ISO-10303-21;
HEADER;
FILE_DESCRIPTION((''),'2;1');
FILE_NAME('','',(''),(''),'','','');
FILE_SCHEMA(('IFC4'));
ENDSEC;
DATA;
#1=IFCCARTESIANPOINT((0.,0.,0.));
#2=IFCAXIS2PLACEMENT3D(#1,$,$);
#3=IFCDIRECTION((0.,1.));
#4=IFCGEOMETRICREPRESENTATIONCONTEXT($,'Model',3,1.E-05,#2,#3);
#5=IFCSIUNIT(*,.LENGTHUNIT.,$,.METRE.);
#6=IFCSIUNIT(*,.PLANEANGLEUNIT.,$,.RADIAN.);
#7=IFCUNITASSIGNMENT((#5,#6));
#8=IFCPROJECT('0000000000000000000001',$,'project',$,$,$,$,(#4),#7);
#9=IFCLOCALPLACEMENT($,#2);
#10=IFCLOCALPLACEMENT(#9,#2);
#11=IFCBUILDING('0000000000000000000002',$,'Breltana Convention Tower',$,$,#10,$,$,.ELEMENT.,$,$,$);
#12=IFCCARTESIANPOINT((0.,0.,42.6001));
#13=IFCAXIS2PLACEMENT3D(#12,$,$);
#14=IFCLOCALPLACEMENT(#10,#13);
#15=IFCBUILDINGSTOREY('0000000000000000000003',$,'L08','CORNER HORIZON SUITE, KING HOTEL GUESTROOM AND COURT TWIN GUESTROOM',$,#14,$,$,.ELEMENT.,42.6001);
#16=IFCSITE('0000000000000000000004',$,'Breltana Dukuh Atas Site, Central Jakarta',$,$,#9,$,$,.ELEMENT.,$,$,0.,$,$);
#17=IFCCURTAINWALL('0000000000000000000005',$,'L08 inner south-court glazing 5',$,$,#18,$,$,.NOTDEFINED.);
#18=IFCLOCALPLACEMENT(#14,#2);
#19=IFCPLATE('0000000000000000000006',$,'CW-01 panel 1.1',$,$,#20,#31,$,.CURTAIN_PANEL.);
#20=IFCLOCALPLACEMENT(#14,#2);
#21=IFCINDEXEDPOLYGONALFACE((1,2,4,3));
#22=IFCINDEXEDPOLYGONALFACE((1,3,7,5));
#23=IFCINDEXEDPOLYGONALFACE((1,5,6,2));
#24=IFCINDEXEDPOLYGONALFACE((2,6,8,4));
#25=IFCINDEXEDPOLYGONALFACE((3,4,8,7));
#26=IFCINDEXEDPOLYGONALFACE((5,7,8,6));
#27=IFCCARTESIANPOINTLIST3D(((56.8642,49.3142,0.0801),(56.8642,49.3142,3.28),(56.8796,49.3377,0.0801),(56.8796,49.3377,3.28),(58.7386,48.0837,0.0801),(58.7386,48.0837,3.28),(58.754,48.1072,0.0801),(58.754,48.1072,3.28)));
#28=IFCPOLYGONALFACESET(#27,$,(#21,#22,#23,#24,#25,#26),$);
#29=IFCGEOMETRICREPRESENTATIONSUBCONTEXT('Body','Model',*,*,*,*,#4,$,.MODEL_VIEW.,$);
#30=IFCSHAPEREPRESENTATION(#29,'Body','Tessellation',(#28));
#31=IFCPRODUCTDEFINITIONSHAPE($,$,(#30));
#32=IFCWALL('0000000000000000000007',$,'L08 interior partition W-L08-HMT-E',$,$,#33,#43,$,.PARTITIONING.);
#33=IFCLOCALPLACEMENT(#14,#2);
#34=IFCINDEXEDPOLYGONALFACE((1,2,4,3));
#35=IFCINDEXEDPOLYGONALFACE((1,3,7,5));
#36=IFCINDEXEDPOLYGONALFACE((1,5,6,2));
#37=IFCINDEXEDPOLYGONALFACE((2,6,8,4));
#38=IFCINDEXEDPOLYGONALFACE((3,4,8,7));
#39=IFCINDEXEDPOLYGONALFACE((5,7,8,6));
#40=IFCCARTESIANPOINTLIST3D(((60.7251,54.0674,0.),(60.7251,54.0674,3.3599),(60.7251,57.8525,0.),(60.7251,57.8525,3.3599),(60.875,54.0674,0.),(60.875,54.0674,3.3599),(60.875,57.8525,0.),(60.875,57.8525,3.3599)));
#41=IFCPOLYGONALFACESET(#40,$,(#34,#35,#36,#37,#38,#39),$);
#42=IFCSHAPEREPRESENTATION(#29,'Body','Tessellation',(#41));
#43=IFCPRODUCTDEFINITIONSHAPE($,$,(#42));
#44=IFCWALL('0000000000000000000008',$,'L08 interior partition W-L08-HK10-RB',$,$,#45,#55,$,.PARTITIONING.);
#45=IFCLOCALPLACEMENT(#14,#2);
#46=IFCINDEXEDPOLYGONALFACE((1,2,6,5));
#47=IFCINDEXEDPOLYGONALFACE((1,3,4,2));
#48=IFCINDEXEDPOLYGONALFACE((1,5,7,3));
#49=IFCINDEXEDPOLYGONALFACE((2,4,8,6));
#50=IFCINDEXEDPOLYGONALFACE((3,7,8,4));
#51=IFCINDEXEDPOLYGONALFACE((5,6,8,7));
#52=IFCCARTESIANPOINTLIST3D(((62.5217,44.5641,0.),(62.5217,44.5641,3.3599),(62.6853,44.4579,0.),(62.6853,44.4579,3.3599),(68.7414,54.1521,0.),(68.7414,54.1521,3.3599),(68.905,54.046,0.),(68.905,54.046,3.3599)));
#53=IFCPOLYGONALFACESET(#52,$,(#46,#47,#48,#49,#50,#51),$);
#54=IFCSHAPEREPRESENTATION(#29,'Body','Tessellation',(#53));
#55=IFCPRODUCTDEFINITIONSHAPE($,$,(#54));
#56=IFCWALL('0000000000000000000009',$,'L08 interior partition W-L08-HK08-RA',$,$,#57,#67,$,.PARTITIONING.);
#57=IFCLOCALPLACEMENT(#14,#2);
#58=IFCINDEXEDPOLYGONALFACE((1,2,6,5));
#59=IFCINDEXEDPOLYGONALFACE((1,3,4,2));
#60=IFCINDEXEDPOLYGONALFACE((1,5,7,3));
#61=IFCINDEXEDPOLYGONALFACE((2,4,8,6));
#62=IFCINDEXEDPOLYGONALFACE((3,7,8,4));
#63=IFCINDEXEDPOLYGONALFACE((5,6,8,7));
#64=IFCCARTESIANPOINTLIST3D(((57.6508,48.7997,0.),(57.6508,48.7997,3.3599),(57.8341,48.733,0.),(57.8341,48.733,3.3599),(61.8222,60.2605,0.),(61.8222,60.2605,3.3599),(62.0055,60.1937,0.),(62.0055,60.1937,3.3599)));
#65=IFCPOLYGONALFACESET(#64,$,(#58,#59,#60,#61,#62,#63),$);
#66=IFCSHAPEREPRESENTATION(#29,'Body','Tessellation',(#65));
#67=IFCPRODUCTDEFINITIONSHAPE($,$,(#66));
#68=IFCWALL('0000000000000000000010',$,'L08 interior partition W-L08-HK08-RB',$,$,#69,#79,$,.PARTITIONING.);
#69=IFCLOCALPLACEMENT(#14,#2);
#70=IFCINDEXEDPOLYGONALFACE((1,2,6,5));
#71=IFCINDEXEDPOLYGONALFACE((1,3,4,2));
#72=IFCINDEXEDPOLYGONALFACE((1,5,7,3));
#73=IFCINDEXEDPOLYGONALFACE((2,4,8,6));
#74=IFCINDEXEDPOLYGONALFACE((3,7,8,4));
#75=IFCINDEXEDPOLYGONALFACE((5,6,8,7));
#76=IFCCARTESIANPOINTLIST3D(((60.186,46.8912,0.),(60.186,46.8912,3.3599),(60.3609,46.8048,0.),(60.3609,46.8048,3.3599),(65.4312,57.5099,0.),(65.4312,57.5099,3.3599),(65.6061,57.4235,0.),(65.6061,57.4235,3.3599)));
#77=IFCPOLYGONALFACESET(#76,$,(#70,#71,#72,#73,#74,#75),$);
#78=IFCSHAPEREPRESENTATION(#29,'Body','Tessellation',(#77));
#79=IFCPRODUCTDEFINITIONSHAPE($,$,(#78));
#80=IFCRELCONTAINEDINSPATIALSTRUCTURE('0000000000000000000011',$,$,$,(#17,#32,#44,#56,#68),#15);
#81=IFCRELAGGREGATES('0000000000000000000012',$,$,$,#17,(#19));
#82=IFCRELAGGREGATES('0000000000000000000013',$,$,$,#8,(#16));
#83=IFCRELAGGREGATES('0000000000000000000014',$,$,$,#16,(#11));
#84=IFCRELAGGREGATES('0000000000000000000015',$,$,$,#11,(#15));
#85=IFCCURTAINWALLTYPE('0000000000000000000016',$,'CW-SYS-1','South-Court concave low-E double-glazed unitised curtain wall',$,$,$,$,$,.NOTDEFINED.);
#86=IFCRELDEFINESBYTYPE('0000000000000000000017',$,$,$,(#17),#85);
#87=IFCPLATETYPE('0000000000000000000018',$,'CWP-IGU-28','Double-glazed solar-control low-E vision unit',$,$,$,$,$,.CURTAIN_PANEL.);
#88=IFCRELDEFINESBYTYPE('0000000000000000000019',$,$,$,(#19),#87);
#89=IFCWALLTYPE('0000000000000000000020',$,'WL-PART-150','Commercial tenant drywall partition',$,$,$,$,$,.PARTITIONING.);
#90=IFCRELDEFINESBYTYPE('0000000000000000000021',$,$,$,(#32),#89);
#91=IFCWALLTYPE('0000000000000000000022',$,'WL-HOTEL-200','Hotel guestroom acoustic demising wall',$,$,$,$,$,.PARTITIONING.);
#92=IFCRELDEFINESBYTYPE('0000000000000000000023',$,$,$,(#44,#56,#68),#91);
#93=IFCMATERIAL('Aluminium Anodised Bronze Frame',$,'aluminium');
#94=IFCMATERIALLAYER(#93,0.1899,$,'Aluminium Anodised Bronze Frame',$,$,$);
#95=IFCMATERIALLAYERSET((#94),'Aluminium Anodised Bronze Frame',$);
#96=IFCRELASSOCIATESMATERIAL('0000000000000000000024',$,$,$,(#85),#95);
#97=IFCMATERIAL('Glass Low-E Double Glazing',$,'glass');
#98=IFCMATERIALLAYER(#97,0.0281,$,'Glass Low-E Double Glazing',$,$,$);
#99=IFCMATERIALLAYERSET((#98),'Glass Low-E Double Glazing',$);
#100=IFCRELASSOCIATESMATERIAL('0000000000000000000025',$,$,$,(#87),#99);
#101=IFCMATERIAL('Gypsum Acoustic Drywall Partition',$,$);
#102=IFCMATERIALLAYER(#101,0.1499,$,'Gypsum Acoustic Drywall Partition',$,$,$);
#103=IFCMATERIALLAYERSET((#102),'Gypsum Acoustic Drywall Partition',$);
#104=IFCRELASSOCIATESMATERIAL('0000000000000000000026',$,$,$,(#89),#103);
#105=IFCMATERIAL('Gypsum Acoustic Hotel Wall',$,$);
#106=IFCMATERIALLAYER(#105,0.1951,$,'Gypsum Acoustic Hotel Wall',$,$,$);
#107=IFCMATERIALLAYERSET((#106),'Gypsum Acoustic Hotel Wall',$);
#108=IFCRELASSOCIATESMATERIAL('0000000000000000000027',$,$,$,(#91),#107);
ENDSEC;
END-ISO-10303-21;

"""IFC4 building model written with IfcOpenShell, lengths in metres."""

from ifc_helpers import new_model, si_unit, direction, frame, frame_2d, origin, origin_2d, place, context, subcontext, project, spatial, rectangle, extrude, source, transform, mapped, material, layer, layer_set, type_object, element, aggregate, save


model = new_model("IFC4")

# Units and contexts
model_context = context("Model", 3, precision=1e-05, world=origin(), true_north=direction((0.0, 1.0)))
body_context = subcontext(model_context, "Body", "Model", "MODEL_VIEW")
ifc_project = project(units=[si_unit("LENGTHUNIT", "METRE"), si_unit("PLANEANGLEUNIT", "RADIAN")], contexts=[model_context])

# Site, building, storey
site_placement = place(None, origin())
site = spatial("IfcSite", under=ifc_project, at=site_placement, Name="Breltana Dukuh Atas Site, Central Jakarta", CompositionType="ELEMENT", RefElevation=0.0)
building_placement = place(site_placement, origin())
building = spatial("IfcBuilding", under=site, at=building_placement, Name="Breltana Convention Tower", CompositionType="ELEMENT")
storey_placement = place(building_placement, frame((0.0, 0.0, 42.6001)))
storey = spatial("IfcBuildingStorey", under=building, at=storey_placement, Name="L08", Description="CORNER HORIZON SUITE, KING HOTEL GUESTROOM AND COURT TWIN GUESTROOM", CompositionType="ELEMENT", Elevation=42.6001)

# Curtain wall
ifc_material_1 = material(Name="Aluminium Anodised Bronze Frame", Category="aluminium")
ifc_layer_1 = layer(ifc_material_1, 0.1899, Name="Aluminium Anodised Bronze Frame")
ifc_layer_set_1 = layer_set([ifc_layer_1], Name="Aluminium Anodised Bronze Frame")
curtain_wall_type = type_object("IfcCurtainWallType", Name="CW-SYS-1", Description="South-Court concave low-E double-glazed unitised curtain wall", PredefinedType="NOTDEFINED", material=ifc_layer_set_1)
curtain_wall_1_placement = place(storey_placement, origin())
curtain_wall_1 = element("IfcCurtainWall", 1, at=curtain_wall_1_placement, inside=storey, type_object=curtain_wall_type, Name="L08 inner south-court glazing 5", PredefinedType="NOTDEFINED")

# Plate
ifc_material_2 = material(Name="Glass Low-E Double Glazing", Category="glass")
ifc_layer_2 = layer(ifc_material_2, 0.0281, Name="Glass Low-E Double Glazing")
ifc_layer_set_2 = layer_set([ifc_layer_2], Name="Glass Low-E Double Glazing")
plate_type = type_object("IfcPlateType", Name="CWP-IGU-28", Description="Double-glazed solar-control low-E vision unit", PredefinedType="CURTAIN_PANEL", material=ifc_layer_set_2)
shared_shape_1 = source(origin(), body_context, "Body", "SweptSolid", [
    extrude(rectangle(XDim=2.2422, YDim=0.0281, at=origin_2d()), origin(), (0.0, 0.0, 1.0), 3.2),
])
plate_1_placement = place(storey_placement, frame((57.8091, 48.7107, 0.0801), z_axis=(0.0, 0.0, 1.0), x_axis=(-0.835968, 0.548778, 0.0)))
plate_1 = element("IfcPlate", 2, at=plate_1_placement, type_object=plate_type, Name="CW-01 panel 1.1", PredefinedType="CURTAIN_PANEL", context=body_context, shape_type="MappedRepresentation", body=[
    mapped(shared_shape_1, transform((0.0, 0.0, 0.0), scale=1.0)),
])
aggregate(curtain_wall_1, [plate_1])

# Walls
ifc_material_3 = material(Name="Gypsum Acoustic Drywall Partition")
ifc_layer_3 = layer(ifc_material_3, 0.1499, Name="Gypsum Acoustic Drywall Partition")
ifc_layer_set_3 = layer_set([ifc_layer_3], Name="Gypsum Acoustic Drywall Partition")
wall_type_1 = type_object("IfcWallType", Name="WL-PART-150", Description="Commercial tenant drywall partition", PredefinedType="PARTITIONING", material=ifc_layer_set_3)
shared_shape_2 = source(origin(), body_context, "Body", "SweptSolid", [
    extrude(rectangle(XDim=3.7852, YDim=0.1499, at=frame_2d((1.8926, 0.0))), origin(), (0.0, 0.0, 1.0), 3.3599),
])
wall_1_placement = place(storey_placement, frame((60.8, 54.0674, 0.0), z_axis=(0.0, 0.0, 1.0), x_axis=(0.0, 1.0, 0.0)))
element("IfcWall", 3, at=wall_1_placement, inside=storey, type_object=wall_type_1, Name="L08 interior partition W-L08-HMT-E", PredefinedType="PARTITIONING", context=body_context, shape_type="MappedRepresentation", body=[
    mapped(shared_shape_2, transform((0.0, 0.0, 0.0), scale=1.0)),
])
ifc_material_4 = material(Name="Gypsum Acoustic Hotel Wall")
ifc_layer_4 = layer(ifc_material_4, 0.1951, Name="Gypsum Acoustic Hotel Wall")
ifc_layer_set_4 = layer_set([ifc_layer_4], Name="Gypsum Acoustic Hotel Wall")
wall_type_2 = type_object("IfcWallType", Name="WL-HOTEL-200", Description="Hotel guestroom acoustic demising wall", PredefinedType="PARTITIONING", material=ifc_layer_set_4)
shared_shape_3 = source(origin(), body_context, "Body", "SweptSolid", [
    extrude(rectangle(XDim=11.4287, YDim=0.1951, at=frame_2d((5.7144, 0.0))), origin(), (0.0, 0.0, 1.0), 3.3599),
])
wall_2_placement = place(storey_placement, frame((62.6035, 44.511, 0.0), z_axis=(0.0, 0.0, 1.0), x_axis=(0.544215, 0.838945, 0.0)))
element("IfcWall", 4, at=wall_2_placement, inside=storey, type_object=wall_type_2, Name="L08 interior partition W-L08-HK10-RB", PredefinedType="PARTITIONING", context=body_context, shape_type="MappedRepresentation", body=[
    mapped(shared_shape_3, transform((0.0, 0.0, 0.0), scale=1.0)),
])
shared_shape_4 = source(origin(), body_context, "Body", "SweptSolid", [
    extrude(rectangle(XDim=12.1963, YDim=0.1951, at=frame_2d((6.0981, 0.0))), origin(), (0.0, 0.0, 1.0), 3.3599),
])
wall_3_placement = place(storey_placement, frame((57.7424, 48.7664, 0.0), z_axis=(0.0, 0.0, 1.0), x_axis=(0.342023, 0.939692, 0.0)))
element("IfcWall", 5, at=wall_3_placement, inside=storey, type_object=wall_type_2, Name="L08 interior partition W-L08-HK08-RA", PredefinedType="PARTITIONING", context=body_context, shape_type="MappedRepresentation", body=[
    mapped(shared_shape_4, transform((0.0, 0.0, 0.0), scale=1.0)),
])
shared_shape_5 = source(origin(), body_context, "Body", "SweptSolid", [
    extrude(rectangle(XDim=11.8435, YDim=0.1951, at=frame_2d((5.9219, 0.0))), origin(), (0.0, 0.0, 1.0), 3.3599),
])
wall_4_placement = place(storey_placement, frame((60.2734, 46.8479, 0.0), z_axis=(0.0, 0.0, 1.0), x_axis=(0.442871, 0.896585, 0.0)))
element("IfcWall", 6, at=wall_4_placement, inside=storey, type_object=wall_type_2, Name="L08 interior partition W-L08-HK08-RB", PredefinedType="PARTITIONING", context=body_context, shape_type="MappedRepresentation", body=[
    mapped(shared_shape_5, transform((0.0, 0.0, 0.0), scale=1.0)),
])

save(model, "model.ifc")
